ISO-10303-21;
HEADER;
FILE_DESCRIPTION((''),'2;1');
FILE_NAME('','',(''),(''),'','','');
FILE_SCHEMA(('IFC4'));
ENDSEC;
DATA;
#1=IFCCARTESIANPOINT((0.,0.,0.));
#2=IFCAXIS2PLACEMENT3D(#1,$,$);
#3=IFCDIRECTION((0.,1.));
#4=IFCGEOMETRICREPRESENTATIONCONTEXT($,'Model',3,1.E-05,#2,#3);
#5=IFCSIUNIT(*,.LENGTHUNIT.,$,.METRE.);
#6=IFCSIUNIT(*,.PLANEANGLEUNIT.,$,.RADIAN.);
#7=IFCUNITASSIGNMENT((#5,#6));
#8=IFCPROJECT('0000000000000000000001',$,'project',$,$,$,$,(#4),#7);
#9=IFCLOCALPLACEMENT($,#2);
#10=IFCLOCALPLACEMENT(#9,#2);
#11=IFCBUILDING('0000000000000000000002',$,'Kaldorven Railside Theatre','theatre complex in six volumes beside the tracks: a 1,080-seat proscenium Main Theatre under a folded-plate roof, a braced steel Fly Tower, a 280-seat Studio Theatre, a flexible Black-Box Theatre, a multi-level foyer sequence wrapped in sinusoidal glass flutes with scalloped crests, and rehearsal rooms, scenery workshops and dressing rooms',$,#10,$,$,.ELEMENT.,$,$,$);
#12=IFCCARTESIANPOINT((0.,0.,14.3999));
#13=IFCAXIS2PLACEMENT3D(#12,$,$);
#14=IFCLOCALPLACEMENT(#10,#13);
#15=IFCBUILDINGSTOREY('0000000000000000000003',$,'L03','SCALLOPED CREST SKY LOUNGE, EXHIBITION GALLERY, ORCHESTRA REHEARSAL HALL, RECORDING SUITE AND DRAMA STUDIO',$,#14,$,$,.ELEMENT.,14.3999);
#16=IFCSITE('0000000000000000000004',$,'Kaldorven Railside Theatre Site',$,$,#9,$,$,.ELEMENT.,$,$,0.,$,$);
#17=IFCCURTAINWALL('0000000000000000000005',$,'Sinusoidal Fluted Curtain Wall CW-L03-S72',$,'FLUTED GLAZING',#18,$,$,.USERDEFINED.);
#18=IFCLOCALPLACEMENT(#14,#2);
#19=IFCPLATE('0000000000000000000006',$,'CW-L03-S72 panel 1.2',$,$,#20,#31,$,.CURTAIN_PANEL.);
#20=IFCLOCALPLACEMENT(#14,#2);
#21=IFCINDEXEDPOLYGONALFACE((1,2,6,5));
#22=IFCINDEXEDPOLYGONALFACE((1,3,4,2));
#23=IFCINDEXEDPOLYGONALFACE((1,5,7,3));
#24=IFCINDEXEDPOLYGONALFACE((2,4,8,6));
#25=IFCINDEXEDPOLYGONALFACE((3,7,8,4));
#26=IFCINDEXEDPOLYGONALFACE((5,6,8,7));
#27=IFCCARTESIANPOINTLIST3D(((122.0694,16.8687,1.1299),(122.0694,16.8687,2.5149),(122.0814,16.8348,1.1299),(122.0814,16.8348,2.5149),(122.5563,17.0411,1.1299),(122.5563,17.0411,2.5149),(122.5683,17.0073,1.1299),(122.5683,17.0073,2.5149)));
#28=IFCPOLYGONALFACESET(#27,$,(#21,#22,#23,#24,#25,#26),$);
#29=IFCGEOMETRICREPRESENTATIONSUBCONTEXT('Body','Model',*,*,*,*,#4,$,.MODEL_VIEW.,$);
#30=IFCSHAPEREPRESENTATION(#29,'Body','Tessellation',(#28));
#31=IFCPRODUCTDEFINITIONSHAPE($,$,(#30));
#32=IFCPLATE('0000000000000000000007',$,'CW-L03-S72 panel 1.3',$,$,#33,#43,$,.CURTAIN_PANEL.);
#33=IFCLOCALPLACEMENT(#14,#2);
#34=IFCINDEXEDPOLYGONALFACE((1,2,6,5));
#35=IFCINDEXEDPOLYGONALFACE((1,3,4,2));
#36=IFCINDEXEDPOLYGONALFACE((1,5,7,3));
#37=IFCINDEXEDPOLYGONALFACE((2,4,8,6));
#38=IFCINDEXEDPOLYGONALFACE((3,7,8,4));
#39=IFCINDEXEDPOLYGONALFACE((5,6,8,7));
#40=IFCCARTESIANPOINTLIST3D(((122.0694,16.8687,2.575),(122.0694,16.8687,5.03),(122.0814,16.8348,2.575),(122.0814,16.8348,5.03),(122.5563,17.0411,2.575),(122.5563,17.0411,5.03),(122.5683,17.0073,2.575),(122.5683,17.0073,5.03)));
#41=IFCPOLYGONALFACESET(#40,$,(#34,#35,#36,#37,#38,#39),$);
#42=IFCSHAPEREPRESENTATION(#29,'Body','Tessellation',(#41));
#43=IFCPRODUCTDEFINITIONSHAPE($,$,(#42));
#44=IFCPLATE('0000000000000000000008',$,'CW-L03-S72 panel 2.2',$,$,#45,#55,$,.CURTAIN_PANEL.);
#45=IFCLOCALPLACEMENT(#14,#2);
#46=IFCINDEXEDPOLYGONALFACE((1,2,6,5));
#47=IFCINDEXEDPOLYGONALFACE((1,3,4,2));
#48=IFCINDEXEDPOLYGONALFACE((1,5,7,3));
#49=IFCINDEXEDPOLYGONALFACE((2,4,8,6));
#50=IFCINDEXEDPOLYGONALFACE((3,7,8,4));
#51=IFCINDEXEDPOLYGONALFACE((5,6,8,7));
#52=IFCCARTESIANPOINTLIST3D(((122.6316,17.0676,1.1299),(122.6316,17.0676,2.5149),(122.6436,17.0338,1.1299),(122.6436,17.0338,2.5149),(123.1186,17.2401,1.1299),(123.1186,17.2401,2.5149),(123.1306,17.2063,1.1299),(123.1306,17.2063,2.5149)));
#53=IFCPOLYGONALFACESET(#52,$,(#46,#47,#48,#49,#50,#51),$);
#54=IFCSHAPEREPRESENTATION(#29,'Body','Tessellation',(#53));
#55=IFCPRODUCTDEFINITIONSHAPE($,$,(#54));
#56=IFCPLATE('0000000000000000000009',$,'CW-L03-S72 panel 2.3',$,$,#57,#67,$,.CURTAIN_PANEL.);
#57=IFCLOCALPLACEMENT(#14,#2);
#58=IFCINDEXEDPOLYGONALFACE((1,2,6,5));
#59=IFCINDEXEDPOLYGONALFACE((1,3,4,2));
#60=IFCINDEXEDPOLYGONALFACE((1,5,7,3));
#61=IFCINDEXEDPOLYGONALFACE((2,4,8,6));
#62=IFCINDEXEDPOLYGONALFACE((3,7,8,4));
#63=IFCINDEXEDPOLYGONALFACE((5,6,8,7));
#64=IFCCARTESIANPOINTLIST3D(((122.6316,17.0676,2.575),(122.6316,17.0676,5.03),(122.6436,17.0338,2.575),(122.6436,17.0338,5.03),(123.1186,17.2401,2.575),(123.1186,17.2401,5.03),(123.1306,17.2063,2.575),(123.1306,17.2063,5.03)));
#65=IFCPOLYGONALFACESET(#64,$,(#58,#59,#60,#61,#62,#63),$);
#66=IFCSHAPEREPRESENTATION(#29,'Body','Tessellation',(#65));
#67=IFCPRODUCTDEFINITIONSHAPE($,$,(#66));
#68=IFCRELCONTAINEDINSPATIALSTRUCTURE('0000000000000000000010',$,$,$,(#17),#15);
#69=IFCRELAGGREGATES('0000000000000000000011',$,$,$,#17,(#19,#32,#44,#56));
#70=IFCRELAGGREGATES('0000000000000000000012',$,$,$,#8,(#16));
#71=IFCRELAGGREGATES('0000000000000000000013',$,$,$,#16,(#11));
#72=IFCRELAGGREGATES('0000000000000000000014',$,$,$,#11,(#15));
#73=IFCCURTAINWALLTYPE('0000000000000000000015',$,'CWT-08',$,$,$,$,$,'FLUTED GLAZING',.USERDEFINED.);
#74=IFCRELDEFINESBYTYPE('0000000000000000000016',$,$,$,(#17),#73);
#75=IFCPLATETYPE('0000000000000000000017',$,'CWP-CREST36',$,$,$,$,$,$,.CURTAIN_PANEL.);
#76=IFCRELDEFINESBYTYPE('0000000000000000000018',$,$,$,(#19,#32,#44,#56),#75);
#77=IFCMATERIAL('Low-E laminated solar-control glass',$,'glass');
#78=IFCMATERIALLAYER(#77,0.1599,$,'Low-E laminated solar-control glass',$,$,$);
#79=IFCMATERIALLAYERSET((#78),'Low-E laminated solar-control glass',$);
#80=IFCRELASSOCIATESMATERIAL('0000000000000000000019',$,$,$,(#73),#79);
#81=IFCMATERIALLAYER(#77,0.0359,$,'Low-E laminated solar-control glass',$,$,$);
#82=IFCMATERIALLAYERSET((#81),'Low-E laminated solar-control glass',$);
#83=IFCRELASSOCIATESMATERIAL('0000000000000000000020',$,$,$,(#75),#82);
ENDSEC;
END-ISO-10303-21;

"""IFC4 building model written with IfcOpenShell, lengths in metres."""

from ifc_helpers import new_model, si_unit, direction, frame, origin, origin_2d, place, context, subcontext, project, spatial, rectangle, extrude, material, layer, layer_set, type_object, element, aggregate, save


model = new_model("IFC4")

# Units and contexts
model_context = context("Model", 3, precision=1e-05, world=origin(), true_north=direction((0.0, 1.0)))
body_context = subcontext(model_context, "Body", "Model", "MODEL_VIEW")
ifc_project = project(units=[si_unit("LENGTHUNIT", "METRE"), si_unit("PLANEANGLEUNIT", "RADIAN")], contexts=[model_context])

# Site, building, storey
site_placement = place(None, origin())
site = spatial("IfcSite", under=ifc_project, at=site_placement, Name="Kaldorven Railside Theatre Site", CompositionType="ELEMENT", RefElevation=0.0)
building_placement = place(site_placement, origin())
building = spatial("IfcBuilding", under=site, at=building_placement, Name="Kaldorven Railside Theatre", Description="theatre complex in six volumes beside the tracks: a 1,080-seat proscenium Main Theatre under a folded-plate roof, a braced steel Fly Tower, a 280-seat Studio Theatre, a flexible Black-Box Theatre, a multi-level foyer sequence wrapped in sinusoidal glass flutes with scalloped crests, and rehearsal rooms, scenery workshops and dressing rooms", CompositionType="ELEMENT")
storey_placement = place(building_placement, frame((0.0, 0.0, 14.3999)))
storey = spatial("IfcBuildingStorey", under=building, at=storey_placement, Name="L03", Description="SCALLOPED CREST SKY LOUNGE, EXHIBITION GALLERY, ORCHESTRA REHEARSAL HALL, RECORDING SUITE AND DRAMA STUDIO", CompositionType="ELEMENT", Elevation=14.3999)

# Curtain wall
ifc_material_1 = material(Name="Low-E laminated solar-control glass", Category="glass")
ifc_layer_1 = layer(ifc_material_1, 0.1599, Name="Low-E laminated solar-control glass")
ifc_layer_set_1 = layer_set([ifc_layer_1], Name="Low-E laminated solar-control glass")
curtain_wall_type_1 = type_object("IfcCurtainWallType", Name="CWT-08", ElementType="FLUTED GLAZING", PredefinedType="USERDEFINED", material=ifc_layer_set_1)
curtain_wall_1_placement = place(storey_placement, origin())
curtain_wall_1 = element("IfcCurtainWall", 1, at=curtain_wall_1_placement, inside=storey, type_object=curtain_wall_type_1, Name="Sinusoidal Fluted Curtain Wall CW-L03-S72", ObjectType="FLUTED GLAZING", PredefinedType="USERDEFINED")

# Plates
ifc_layer_2 = layer(ifc_material_1, 0.0359, Name="Low-E laminated solar-control glass")
ifc_layer_set_2 = layer_set([ifc_layer_2], Name="Low-E laminated solar-control glass")
plate_type = type_object("IfcPlateType", Name="CWP-CREST36", PredefinedType="CURTAIN_PANEL", material=ifc_layer_set_2)
plate_1_placement = place(storey_placement, frame((122.3188, 16.938, 1.1299), z_axis=(0.0, 0.0, 1.0), x_axis=(0.942627, 0.333847, 0.0)))
plate_1 = element("IfcPlate", 2, at=plate_1_placement, type_object=plate_type, Name="CW-L03-S72 panel 1.2", PredefinedType="CURTAIN_PANEL", context=body_context, shape_type="SweptSolid", body=[
    extrude(rectangle(XDim=0.5166, YDim=0.0359, at=origin_2d()), origin(), (0.0, 0.0, 1.0), 1.385),
])
plate_2_placement = place(storey_placement, frame((122.3188, 16.938, 2.575), z_axis=(0.0, 0.0, 1.0), x_axis=(0.942627, 0.333847, 0.0)))
plate_2 = element("IfcPlate", 3, at=plate_2_placement, type_object=plate_type, Name="CW-L03-S72 panel 1.3", PredefinedType="CURTAIN_PANEL", context=body_context, shape_type="SweptSolid", body=[
    extrude(rectangle(XDim=0.5166, YDim=0.0359, at=origin_2d()), origin(), (0.0, 0.0, 1.0), 2.4551),
])
plate_3_placement = place(storey_placement, frame((122.8811, 17.137, 1.1299), z_axis=(0.0, 0.0, 1.0), x_axis=(0.942627, 0.333847, 0.0)))
plate_3 = element("IfcPlate", 4, at=plate_3_placement, type_object=plate_type, Name="CW-L03-S72 panel 2.2", PredefinedType="CURTAIN_PANEL", context=body_context, shape_type="SweptSolid", body=[
    extrude(rectangle(XDim=0.5166, YDim=0.0359, at=origin_2d()), origin(), (0.0, 0.0, 1.0), 1.385),
])
plate_4_placement = place(storey_placement, frame((122.8811, 17.137, 2.575), z_axis=(0.0, 0.0, 1.0), x_axis=(0.942627, 0.333847, 0.0)))
plate_4 = element("IfcPlate", 5, at=plate_4_placement, type_object=plate_type, Name="CW-L03-S72 panel 2.3", PredefinedType="CURTAIN_PANEL", context=body_context, shape_type="SweptSolid", body=[
    extrude(rectangle(XDim=0.5166, YDim=0.0359, at=origin_2d()), origin(), (0.0, 0.0, 1.0), 2.4551),
])
aggregate(curtain_wall_1, [plate_1, plate_2, plate_3, plate_4])

save(model, "model.ifc")
